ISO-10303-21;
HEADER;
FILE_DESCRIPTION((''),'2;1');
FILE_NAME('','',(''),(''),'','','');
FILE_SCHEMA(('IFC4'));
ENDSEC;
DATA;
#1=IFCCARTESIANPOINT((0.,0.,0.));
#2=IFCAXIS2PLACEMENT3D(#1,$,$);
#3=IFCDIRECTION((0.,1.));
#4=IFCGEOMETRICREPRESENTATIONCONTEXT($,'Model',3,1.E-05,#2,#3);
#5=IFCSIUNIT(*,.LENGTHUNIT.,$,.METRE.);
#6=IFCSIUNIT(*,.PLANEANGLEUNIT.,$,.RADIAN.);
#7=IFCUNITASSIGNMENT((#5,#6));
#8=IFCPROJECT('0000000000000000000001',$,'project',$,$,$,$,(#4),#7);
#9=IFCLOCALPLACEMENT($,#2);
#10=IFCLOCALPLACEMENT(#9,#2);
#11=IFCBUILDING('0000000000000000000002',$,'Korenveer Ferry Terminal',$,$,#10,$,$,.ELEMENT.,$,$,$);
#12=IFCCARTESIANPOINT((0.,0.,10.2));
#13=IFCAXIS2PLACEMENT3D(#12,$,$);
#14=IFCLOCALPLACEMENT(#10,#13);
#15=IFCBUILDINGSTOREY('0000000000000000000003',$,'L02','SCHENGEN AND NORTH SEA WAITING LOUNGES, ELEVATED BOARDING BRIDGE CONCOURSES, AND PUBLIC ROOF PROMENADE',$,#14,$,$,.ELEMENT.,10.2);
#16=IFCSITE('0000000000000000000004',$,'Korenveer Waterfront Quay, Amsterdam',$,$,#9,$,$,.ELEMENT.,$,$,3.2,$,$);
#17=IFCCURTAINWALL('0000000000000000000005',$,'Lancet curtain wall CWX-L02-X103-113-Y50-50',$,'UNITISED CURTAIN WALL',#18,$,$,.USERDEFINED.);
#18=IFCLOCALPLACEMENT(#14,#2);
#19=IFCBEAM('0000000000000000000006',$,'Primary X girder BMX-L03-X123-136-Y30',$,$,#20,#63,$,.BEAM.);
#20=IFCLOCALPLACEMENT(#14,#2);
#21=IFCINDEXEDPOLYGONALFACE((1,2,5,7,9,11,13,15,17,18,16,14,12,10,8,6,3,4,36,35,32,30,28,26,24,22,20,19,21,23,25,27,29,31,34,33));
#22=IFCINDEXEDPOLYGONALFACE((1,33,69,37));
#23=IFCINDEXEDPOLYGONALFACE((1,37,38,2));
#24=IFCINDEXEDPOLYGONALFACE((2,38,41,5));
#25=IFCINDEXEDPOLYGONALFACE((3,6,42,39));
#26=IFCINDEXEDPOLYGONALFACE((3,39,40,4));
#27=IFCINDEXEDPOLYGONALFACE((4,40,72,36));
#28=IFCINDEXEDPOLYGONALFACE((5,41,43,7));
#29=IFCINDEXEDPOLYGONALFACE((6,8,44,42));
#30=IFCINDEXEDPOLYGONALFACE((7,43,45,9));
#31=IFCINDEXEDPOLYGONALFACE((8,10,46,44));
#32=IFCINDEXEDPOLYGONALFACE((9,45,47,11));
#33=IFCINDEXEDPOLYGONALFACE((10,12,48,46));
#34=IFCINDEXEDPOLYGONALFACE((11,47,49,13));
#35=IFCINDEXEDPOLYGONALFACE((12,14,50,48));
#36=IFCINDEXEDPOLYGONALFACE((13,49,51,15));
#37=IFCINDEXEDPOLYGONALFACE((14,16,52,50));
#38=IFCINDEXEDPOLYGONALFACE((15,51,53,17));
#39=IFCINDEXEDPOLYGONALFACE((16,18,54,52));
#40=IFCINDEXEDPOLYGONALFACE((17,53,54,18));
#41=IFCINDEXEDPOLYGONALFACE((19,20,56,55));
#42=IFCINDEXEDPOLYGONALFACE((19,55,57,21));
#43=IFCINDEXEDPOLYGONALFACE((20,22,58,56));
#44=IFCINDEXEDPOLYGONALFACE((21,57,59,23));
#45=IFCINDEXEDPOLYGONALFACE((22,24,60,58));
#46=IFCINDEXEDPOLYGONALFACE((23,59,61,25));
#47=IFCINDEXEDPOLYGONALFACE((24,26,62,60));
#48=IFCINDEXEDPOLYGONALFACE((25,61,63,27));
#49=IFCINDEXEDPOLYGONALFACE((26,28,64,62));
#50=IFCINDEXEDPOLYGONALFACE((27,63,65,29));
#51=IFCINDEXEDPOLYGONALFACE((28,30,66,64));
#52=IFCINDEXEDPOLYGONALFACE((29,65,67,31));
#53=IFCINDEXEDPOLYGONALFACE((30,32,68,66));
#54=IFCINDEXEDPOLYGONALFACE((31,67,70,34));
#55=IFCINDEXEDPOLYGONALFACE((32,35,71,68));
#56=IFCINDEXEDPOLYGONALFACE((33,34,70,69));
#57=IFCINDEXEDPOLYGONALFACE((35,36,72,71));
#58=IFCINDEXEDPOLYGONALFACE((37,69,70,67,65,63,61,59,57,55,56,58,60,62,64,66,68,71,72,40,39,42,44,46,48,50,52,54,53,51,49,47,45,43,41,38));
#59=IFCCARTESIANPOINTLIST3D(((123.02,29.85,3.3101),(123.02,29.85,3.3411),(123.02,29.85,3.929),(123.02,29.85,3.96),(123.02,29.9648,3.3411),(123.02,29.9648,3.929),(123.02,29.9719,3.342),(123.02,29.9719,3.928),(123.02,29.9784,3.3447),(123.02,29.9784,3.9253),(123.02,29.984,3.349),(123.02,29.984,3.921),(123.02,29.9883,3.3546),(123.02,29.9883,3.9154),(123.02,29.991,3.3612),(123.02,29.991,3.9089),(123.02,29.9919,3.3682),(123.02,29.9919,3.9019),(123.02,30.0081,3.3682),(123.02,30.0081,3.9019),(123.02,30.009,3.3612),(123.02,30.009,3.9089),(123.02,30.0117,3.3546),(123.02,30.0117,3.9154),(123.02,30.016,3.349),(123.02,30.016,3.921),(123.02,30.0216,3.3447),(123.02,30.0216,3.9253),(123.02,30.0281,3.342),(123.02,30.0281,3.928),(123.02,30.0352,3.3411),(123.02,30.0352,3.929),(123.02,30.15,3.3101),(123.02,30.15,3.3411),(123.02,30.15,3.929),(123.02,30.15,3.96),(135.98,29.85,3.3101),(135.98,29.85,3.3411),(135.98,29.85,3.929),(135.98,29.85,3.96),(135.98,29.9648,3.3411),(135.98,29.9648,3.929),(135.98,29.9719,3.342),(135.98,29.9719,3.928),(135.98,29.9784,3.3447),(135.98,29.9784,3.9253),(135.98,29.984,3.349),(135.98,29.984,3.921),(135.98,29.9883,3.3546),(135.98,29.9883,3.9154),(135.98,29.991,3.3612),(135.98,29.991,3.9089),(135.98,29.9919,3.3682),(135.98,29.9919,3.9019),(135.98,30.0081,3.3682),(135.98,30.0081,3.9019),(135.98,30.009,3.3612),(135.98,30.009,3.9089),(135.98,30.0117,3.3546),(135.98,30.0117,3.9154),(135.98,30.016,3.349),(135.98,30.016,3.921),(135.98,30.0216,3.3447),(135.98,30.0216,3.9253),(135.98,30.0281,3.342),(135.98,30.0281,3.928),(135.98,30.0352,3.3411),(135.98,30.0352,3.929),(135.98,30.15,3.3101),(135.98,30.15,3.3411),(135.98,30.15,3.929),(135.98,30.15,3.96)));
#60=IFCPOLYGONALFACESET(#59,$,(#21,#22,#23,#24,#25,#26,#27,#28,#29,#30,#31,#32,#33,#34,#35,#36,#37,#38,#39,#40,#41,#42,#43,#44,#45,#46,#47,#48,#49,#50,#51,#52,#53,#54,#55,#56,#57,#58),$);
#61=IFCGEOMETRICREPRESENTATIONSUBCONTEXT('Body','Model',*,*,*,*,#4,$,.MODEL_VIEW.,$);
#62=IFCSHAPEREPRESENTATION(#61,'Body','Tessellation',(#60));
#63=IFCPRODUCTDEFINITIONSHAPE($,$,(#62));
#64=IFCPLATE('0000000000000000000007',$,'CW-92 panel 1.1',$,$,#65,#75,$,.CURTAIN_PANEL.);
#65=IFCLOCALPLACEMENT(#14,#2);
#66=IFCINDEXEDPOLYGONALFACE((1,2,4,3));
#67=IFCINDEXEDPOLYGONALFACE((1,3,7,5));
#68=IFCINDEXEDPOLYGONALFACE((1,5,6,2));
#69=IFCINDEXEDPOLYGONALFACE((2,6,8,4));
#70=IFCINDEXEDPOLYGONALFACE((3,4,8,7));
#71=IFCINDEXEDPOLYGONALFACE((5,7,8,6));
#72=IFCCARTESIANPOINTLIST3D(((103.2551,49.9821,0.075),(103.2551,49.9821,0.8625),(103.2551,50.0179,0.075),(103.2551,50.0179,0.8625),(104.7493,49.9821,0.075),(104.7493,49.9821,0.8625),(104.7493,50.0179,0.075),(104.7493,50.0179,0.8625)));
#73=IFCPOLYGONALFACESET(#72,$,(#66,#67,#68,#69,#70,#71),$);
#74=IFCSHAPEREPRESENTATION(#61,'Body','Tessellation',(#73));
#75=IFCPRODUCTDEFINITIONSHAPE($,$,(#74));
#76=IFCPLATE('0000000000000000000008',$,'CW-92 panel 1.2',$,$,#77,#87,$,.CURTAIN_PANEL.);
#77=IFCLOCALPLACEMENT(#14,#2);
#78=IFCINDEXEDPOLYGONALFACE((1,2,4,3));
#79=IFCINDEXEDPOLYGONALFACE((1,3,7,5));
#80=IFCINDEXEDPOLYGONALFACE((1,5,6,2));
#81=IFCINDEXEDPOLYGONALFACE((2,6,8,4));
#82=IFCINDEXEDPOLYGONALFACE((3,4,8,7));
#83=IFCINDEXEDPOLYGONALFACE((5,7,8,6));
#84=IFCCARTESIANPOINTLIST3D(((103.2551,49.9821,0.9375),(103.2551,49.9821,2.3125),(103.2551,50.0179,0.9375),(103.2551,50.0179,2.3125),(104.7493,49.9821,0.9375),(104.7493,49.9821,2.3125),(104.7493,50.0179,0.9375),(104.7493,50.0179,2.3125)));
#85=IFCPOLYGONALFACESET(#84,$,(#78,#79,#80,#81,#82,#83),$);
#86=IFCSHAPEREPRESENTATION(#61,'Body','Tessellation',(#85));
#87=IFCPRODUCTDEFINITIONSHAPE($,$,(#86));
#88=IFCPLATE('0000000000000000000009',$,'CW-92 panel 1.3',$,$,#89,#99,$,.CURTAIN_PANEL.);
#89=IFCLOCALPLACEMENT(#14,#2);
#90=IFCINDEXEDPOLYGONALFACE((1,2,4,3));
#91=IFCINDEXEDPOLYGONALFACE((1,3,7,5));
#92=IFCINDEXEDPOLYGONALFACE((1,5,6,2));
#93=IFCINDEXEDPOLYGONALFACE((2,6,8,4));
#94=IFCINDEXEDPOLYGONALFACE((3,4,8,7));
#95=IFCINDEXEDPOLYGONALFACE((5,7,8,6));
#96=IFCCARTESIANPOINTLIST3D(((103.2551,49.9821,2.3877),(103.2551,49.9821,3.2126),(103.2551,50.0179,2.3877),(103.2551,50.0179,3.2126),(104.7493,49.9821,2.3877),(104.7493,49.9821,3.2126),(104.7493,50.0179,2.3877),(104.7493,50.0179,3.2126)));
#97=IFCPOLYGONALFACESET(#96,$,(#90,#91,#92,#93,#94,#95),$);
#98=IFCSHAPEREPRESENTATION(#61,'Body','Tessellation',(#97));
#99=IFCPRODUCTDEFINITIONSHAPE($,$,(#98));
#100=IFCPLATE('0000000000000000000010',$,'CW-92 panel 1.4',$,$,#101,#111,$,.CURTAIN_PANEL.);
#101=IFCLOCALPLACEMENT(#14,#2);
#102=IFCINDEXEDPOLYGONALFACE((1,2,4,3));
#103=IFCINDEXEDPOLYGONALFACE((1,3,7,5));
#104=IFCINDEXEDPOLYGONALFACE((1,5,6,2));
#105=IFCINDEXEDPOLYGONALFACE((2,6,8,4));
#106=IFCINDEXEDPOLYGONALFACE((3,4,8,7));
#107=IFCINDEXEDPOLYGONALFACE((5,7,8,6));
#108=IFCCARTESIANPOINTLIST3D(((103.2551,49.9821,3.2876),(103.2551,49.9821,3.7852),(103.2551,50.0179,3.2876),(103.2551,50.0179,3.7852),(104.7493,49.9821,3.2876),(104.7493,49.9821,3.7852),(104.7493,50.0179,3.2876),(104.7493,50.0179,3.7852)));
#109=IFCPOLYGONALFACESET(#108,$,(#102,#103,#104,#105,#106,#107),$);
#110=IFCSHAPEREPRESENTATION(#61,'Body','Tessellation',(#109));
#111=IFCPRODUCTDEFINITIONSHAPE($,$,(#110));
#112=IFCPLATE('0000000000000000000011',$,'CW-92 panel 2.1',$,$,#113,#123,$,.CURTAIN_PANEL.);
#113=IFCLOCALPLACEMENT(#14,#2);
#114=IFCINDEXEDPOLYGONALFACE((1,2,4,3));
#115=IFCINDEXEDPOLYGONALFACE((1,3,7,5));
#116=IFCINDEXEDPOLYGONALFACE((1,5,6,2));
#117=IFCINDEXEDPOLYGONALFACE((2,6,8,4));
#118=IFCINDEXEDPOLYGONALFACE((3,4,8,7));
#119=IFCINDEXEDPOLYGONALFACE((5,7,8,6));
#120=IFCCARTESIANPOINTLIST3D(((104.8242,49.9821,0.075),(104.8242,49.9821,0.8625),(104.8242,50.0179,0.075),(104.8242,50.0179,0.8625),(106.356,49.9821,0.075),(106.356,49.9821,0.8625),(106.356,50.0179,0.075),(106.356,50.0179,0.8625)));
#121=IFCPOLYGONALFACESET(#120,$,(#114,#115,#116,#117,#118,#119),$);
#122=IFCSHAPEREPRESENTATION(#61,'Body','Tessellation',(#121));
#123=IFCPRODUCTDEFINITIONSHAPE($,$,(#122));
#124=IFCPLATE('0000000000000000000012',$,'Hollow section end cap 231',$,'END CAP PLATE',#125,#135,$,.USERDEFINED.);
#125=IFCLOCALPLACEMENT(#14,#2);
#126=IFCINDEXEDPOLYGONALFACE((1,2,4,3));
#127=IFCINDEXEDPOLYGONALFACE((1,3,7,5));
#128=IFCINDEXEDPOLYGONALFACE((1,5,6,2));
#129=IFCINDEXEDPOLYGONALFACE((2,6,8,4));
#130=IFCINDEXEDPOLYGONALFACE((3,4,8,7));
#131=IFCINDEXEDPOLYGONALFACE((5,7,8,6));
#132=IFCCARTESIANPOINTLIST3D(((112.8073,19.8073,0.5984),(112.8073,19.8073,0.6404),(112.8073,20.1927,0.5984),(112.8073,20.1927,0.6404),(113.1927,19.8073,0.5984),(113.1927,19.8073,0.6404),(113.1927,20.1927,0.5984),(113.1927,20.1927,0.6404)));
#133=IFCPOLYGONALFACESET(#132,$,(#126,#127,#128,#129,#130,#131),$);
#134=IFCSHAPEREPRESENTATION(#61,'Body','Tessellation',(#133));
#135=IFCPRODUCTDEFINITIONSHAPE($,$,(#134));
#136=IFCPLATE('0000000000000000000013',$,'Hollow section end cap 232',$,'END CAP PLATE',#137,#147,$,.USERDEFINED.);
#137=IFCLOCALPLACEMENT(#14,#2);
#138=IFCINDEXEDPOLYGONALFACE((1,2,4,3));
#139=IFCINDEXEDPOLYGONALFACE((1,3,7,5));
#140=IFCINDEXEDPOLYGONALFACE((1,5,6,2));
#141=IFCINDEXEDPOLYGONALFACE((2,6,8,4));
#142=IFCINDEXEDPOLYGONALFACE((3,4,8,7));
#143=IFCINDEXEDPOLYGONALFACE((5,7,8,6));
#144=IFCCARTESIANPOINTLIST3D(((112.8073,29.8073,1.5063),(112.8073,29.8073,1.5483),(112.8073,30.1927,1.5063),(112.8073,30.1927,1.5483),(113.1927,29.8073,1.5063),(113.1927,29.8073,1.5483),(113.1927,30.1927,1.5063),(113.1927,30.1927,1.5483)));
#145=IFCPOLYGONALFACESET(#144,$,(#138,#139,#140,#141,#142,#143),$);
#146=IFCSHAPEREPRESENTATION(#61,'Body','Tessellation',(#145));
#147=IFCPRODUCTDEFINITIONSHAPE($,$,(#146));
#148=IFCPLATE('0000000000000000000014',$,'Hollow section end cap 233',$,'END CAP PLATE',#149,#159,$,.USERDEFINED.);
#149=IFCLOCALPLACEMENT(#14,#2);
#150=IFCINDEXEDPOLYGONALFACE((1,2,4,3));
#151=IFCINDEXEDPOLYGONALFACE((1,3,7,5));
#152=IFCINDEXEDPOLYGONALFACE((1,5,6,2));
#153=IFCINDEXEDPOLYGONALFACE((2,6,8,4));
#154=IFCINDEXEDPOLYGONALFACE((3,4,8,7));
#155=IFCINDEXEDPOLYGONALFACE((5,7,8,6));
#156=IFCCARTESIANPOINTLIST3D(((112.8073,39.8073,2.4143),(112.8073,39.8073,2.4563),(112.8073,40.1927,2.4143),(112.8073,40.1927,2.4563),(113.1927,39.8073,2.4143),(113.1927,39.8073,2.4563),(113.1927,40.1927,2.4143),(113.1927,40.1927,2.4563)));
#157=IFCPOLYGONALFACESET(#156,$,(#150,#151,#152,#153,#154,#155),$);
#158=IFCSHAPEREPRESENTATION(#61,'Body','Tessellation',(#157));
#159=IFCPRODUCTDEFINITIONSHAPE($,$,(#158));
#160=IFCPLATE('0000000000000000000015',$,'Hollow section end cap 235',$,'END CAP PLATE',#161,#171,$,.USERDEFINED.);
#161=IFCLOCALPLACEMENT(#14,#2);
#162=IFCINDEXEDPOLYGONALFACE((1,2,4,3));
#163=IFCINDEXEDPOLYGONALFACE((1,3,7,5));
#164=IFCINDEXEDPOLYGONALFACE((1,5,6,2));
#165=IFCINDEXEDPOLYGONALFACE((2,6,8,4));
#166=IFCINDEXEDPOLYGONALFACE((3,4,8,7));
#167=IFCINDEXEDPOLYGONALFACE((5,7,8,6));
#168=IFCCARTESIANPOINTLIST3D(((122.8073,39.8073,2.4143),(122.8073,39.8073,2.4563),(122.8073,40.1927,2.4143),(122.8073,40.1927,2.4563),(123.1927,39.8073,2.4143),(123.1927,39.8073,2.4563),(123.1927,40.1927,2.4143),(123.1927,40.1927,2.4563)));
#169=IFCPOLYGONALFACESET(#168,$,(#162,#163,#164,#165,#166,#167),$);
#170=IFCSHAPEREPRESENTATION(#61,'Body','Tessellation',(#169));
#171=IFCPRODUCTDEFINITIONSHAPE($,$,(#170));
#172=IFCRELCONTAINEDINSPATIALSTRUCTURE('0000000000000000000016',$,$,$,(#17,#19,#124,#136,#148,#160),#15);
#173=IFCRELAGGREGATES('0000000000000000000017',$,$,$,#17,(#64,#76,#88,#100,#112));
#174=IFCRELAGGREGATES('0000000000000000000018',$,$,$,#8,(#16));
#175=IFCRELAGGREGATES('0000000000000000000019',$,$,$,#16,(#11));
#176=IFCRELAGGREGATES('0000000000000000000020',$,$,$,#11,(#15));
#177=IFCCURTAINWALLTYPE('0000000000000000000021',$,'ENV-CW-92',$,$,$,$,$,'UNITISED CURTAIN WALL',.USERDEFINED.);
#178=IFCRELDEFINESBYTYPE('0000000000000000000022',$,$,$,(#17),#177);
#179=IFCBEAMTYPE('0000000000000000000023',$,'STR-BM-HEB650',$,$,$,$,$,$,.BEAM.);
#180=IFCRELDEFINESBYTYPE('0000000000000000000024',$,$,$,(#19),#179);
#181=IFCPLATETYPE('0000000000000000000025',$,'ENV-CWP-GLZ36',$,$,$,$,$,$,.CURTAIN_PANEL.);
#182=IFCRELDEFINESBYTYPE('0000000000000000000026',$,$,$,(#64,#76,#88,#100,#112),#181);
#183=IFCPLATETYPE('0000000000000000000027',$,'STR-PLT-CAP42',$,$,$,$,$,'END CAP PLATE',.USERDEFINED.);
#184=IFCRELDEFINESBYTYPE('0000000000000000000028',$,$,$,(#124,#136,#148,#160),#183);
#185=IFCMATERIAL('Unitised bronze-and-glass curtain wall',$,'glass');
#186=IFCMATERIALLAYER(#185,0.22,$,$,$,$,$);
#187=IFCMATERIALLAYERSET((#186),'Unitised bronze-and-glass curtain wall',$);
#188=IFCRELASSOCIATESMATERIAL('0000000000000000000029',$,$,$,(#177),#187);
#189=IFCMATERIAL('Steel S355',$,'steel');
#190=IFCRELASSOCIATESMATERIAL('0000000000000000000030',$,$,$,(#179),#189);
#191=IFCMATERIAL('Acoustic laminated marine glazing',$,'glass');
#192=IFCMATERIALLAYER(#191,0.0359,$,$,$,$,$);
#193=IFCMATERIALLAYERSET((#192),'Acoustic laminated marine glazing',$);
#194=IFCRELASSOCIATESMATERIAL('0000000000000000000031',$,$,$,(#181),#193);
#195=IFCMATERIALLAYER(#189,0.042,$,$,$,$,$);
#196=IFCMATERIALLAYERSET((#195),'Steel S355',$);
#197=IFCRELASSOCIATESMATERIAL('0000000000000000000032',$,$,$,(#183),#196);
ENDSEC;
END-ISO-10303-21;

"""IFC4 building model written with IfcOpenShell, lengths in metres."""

from ifc_helpers import new_model, si_unit, direction, frame, origin, origin_2d, place, context, subcontext, project, spatial, rectangle, i_section, extrude, material, layer, layer_set, material_profile, profile_set, type_object, element, aggregate, save


model = new_model("IFC4")

# Units and contexts
model_context = context("Model", 3, precision=1e-05, world=origin(), true_north=direction((0.0, 1.0)))
body_context = subcontext(model_context, "Body", "Model", "MODEL_VIEW")
ifc_project = project(units=[si_unit("LENGTHUNIT", "METRE"), si_unit("PLANEANGLEUNIT", "RADIAN")], contexts=[model_context])

# Site, building, storey
site_placement = place(None, origin())
site = spatial("IfcSite", under=ifc_project, at=site_placement, Name="Korenveer Waterfront Quay, Amsterdam", CompositionType="ELEMENT", RefElevation=3.2)
building_placement = place(site_placement, origin())
building = spatial("IfcBuilding", under=site, at=building_placement, Name="Korenveer Ferry Terminal", CompositionType="ELEMENT")
storey_placement = place(building_placement, frame((0.0, 0.0, 10.2)))
storey = spatial("IfcBuildingStorey", under=building, at=storey_placement, Name="L02", Description="SCHENGEN AND NORTH SEA WAITING LOUNGES, ELEVATED BOARDING BRIDGE CONCOURSES, AND PUBLIC ROOF PROMENADE", CompositionType="ELEMENT", Elevation=10.2)

# Shared definitions
ifc_material_1 = material(Name="Steel S355", Category="steel")

# Curtain wall
ifc_material_2 = material(Name="Unitised bronze-and-glass curtain wall", Category="glass")
ifc_layer_1 = layer(ifc_material_2, 0.22)
ifc_layer_set_1 = layer_set([ifc_layer_1], Name="Unitised bronze-and-glass curtain wall")
curtain_wall_type_1 = type_object("IfcCurtainWallType", Name="ENV-CW-92", ElementType="UNITISED CURTAIN WALL", PredefinedType="USERDEFINED", material=ifc_layer_set_1)
curtain_wall_1_placement = place(storey_placement, frame((103.1799, 50.0, 0.0)))
curtain_wall_1 = element("IfcCurtainWall", 1, at=curtain_wall_1_placement, inside=storey, type_object=curtain_wall_type_1, Name="Lancet curtain wall CWX-L02-X103-113-Y50-50", ObjectType="UNITISED CURTAIN WALL", PredefinedType="USERDEFINED")

# Beam
ifc_material_profile_1 = material_profile(ifc_material_1, i_section(OverallWidth=0.3, OverallDepth=0.6499, WebThickness=0.0161, FlangeThickness=0.031, FilletRadius=0.0271, at=origin_2d()), Name="HEB 650")
ifc_profile_set_1 = profile_set([ifc_material_profile_1], Name="Steel S355")
beam_type_1 = type_object("IfcBeamType", Name="STR-BM-HEB650", PredefinedType="BEAM", material=ifc_profile_set_1)
for number, where, z_axis, x_axis, name in (
    (2, (123.02, 30.0, 3.635), (1.0, 0.0, 0.0), (0.0, 1.0, 0.0), "Primary X girder BMX-L03-X123-136-Y30"),
):
    element("IfcBeam", number, at=place(storey_placement, frame(where, z_axis=z_axis, x_axis=x_axis)), inside=storey, type_object=beam_type_1, Name=name, PredefinedType="BEAM", context=body_context, shape_type="SweptSolid", body=[
        extrude(i_section(OverallWidth=0.3, OverallDepth=0.6499, WebThickness=0.0161, FlangeThickness=0.031, FilletRadius=0.0271, at=origin_2d()), origin(), (0.0, 0.0, 1.0), 12.96),
    ])

# Plates
ifc_material_3 = material(Name="Acoustic laminated marine glazing", Category="glass")
ifc_layer_2 = layer(ifc_material_3, 0.0359)
ifc_layer_set_2 = layer_set([ifc_layer_2], Name="Acoustic laminated marine glazing")
plate_type_1 = type_object("IfcPlateType", Name="ENV-CWP-GLZ36", PredefinedType="CURTAIN_PANEL", material=ifc_layer_set_2)
plate_1_placement = place(storey_placement, frame((104.0022, 50.0, 0.075), z_axis=(0.0, 0.0, 1.0), x_axis=(1.0, 0.0, 0.0)))
plate_1 = element("IfcPlate", 3, at=plate_1_placement, type_object=plate_type_1, Name="CW-92 panel 1.1", PredefinedType="CURTAIN_PANEL", context=body_context, shape_type="SweptSolid", body=[
    extrude(rectangle(XDim=1.4941, YDim=0.0359, at=origin_2d()), origin(), (0.0, 0.0, 1.0), 0.7876),
])
plate_2_placement = place(storey_placement, frame((104.0022, 50.0, 0.9375), z_axis=(0.0, 0.0, 1.0), x_axis=(1.0, 0.0, 0.0)))
plate_2 = element("IfcPlate", 4, at=plate_2_placement, type_object=plate_type_1, Name="CW-92 panel 1.2", PredefinedType="CURTAIN_PANEL", context=body_context, shape_type="SweptSolid", body=[
    extrude(rectangle(XDim=1.4941, YDim=0.0359, at=origin_2d()), origin(), (0.0, 0.0, 1.0), 1.375),
])
plate_3_placement = place(storey_placement, frame((104.0022, 50.0, 2.3877), z_axis=(0.0, 0.0, 1.0), x_axis=(1.0, 0.0, 0.0)))
plate_3 = element("IfcPlate", 5, at=plate_3_placement, type_object=plate_type_1, Name="CW-92 panel 1.3", PredefinedType="CURTAIN_PANEL", context=body_context, shape_type="SweptSolid", body=[
    extrude(rectangle(XDim=1.4941, YDim=0.0359, at=origin_2d()), origin(), (0.0, 0.0, 1.0), 0.825),
])
plate_4_placement = place(storey_placement, frame((104.0022, 50.0, 3.2876), z_axis=(0.0, 0.0, 1.0), x_axis=(1.0, 0.0, 0.0)))
plate_4 = element("IfcPlate", 6, at=plate_4_placement, type_object=plate_type_1, Name="CW-92 panel 1.4", PredefinedType="CURTAIN_PANEL", context=body_context, shape_type="SweptSolid", body=[
    extrude(rectangle(XDim=1.4941, YDim=0.0359, at=origin_2d()), origin(), (0.0, 0.0, 1.0), 0.4976),
])
plate_5_placement = place(storey_placement, frame((105.5901, 50.0, 0.075), z_axis=(0.0, 0.0, 1.0), x_axis=(1.0, 0.0, 0.0)))
plate_5 = element("IfcPlate", 7, at=plate_5_placement, type_object=plate_type_1, Name="CW-92 panel 2.1", PredefinedType="CURTAIN_PANEL", context=body_context, shape_type="SweptSolid", body=[
    extrude(rectangle(XDim=1.5317, YDim=0.0359, at=origin_2d()), origin(), (0.0, 0.0, 1.0), 0.7876),
])
aggregate(curtain_wall_1, [plate_1, plate_2, plate_3, plate_4, plate_5])

# Plates
ifc_layer_3 = layer(ifc_material_1, 0.042)
ifc_layer_set_3 = layer_set([ifc_layer_3], Name="Steel S355")
plate_type_2 = type_object("IfcPlateType", Name="STR-PLT-CAP42", ElementType="END CAP PLATE", PredefinedType="USERDEFINED", material=ifc_layer_set_3)
for number, where, z_axis, x_axis, name in (
    (8, (113.0, 20.0, 0.5984), (0.0, 0.0, 1.0), (1.0, 0.0, 0.0), "Hollow section end cap 231"),
    (9, (113.0, 30.0, 1.5063), (0.0, 0.0, 1.0), (1.0, 0.0, 0.0), "Hollow section end cap 232"),
    (10, (113.0, 40.0, 2.4143), (0.0, 0.0, 1.0), (1.0, 0.0, 0.0), "Hollow section end cap 233"),
    (11, (123.0, 40.0, 2.4143), (0.0, 0.0, 1.0), (1.0, 0.0, 0.0), "Hollow section end cap 235"),
):
    element("IfcPlate", number, at=place(storey_placement, frame(where, z_axis=z_axis, x_axis=x_axis)), inside=storey, type_object=plate_type_2, Name=name, ObjectType="END CAP PLATE", PredefinedType="USERDEFINED", context=body_context, shape_type="SweptSolid", body=[
        extrude(rectangle(XDim=0.3855, YDim=0.3855, at=origin_2d()), origin(), (0.0, 0.0, 1.0), 0.042),
    ])

save(model, "model.ifc")
